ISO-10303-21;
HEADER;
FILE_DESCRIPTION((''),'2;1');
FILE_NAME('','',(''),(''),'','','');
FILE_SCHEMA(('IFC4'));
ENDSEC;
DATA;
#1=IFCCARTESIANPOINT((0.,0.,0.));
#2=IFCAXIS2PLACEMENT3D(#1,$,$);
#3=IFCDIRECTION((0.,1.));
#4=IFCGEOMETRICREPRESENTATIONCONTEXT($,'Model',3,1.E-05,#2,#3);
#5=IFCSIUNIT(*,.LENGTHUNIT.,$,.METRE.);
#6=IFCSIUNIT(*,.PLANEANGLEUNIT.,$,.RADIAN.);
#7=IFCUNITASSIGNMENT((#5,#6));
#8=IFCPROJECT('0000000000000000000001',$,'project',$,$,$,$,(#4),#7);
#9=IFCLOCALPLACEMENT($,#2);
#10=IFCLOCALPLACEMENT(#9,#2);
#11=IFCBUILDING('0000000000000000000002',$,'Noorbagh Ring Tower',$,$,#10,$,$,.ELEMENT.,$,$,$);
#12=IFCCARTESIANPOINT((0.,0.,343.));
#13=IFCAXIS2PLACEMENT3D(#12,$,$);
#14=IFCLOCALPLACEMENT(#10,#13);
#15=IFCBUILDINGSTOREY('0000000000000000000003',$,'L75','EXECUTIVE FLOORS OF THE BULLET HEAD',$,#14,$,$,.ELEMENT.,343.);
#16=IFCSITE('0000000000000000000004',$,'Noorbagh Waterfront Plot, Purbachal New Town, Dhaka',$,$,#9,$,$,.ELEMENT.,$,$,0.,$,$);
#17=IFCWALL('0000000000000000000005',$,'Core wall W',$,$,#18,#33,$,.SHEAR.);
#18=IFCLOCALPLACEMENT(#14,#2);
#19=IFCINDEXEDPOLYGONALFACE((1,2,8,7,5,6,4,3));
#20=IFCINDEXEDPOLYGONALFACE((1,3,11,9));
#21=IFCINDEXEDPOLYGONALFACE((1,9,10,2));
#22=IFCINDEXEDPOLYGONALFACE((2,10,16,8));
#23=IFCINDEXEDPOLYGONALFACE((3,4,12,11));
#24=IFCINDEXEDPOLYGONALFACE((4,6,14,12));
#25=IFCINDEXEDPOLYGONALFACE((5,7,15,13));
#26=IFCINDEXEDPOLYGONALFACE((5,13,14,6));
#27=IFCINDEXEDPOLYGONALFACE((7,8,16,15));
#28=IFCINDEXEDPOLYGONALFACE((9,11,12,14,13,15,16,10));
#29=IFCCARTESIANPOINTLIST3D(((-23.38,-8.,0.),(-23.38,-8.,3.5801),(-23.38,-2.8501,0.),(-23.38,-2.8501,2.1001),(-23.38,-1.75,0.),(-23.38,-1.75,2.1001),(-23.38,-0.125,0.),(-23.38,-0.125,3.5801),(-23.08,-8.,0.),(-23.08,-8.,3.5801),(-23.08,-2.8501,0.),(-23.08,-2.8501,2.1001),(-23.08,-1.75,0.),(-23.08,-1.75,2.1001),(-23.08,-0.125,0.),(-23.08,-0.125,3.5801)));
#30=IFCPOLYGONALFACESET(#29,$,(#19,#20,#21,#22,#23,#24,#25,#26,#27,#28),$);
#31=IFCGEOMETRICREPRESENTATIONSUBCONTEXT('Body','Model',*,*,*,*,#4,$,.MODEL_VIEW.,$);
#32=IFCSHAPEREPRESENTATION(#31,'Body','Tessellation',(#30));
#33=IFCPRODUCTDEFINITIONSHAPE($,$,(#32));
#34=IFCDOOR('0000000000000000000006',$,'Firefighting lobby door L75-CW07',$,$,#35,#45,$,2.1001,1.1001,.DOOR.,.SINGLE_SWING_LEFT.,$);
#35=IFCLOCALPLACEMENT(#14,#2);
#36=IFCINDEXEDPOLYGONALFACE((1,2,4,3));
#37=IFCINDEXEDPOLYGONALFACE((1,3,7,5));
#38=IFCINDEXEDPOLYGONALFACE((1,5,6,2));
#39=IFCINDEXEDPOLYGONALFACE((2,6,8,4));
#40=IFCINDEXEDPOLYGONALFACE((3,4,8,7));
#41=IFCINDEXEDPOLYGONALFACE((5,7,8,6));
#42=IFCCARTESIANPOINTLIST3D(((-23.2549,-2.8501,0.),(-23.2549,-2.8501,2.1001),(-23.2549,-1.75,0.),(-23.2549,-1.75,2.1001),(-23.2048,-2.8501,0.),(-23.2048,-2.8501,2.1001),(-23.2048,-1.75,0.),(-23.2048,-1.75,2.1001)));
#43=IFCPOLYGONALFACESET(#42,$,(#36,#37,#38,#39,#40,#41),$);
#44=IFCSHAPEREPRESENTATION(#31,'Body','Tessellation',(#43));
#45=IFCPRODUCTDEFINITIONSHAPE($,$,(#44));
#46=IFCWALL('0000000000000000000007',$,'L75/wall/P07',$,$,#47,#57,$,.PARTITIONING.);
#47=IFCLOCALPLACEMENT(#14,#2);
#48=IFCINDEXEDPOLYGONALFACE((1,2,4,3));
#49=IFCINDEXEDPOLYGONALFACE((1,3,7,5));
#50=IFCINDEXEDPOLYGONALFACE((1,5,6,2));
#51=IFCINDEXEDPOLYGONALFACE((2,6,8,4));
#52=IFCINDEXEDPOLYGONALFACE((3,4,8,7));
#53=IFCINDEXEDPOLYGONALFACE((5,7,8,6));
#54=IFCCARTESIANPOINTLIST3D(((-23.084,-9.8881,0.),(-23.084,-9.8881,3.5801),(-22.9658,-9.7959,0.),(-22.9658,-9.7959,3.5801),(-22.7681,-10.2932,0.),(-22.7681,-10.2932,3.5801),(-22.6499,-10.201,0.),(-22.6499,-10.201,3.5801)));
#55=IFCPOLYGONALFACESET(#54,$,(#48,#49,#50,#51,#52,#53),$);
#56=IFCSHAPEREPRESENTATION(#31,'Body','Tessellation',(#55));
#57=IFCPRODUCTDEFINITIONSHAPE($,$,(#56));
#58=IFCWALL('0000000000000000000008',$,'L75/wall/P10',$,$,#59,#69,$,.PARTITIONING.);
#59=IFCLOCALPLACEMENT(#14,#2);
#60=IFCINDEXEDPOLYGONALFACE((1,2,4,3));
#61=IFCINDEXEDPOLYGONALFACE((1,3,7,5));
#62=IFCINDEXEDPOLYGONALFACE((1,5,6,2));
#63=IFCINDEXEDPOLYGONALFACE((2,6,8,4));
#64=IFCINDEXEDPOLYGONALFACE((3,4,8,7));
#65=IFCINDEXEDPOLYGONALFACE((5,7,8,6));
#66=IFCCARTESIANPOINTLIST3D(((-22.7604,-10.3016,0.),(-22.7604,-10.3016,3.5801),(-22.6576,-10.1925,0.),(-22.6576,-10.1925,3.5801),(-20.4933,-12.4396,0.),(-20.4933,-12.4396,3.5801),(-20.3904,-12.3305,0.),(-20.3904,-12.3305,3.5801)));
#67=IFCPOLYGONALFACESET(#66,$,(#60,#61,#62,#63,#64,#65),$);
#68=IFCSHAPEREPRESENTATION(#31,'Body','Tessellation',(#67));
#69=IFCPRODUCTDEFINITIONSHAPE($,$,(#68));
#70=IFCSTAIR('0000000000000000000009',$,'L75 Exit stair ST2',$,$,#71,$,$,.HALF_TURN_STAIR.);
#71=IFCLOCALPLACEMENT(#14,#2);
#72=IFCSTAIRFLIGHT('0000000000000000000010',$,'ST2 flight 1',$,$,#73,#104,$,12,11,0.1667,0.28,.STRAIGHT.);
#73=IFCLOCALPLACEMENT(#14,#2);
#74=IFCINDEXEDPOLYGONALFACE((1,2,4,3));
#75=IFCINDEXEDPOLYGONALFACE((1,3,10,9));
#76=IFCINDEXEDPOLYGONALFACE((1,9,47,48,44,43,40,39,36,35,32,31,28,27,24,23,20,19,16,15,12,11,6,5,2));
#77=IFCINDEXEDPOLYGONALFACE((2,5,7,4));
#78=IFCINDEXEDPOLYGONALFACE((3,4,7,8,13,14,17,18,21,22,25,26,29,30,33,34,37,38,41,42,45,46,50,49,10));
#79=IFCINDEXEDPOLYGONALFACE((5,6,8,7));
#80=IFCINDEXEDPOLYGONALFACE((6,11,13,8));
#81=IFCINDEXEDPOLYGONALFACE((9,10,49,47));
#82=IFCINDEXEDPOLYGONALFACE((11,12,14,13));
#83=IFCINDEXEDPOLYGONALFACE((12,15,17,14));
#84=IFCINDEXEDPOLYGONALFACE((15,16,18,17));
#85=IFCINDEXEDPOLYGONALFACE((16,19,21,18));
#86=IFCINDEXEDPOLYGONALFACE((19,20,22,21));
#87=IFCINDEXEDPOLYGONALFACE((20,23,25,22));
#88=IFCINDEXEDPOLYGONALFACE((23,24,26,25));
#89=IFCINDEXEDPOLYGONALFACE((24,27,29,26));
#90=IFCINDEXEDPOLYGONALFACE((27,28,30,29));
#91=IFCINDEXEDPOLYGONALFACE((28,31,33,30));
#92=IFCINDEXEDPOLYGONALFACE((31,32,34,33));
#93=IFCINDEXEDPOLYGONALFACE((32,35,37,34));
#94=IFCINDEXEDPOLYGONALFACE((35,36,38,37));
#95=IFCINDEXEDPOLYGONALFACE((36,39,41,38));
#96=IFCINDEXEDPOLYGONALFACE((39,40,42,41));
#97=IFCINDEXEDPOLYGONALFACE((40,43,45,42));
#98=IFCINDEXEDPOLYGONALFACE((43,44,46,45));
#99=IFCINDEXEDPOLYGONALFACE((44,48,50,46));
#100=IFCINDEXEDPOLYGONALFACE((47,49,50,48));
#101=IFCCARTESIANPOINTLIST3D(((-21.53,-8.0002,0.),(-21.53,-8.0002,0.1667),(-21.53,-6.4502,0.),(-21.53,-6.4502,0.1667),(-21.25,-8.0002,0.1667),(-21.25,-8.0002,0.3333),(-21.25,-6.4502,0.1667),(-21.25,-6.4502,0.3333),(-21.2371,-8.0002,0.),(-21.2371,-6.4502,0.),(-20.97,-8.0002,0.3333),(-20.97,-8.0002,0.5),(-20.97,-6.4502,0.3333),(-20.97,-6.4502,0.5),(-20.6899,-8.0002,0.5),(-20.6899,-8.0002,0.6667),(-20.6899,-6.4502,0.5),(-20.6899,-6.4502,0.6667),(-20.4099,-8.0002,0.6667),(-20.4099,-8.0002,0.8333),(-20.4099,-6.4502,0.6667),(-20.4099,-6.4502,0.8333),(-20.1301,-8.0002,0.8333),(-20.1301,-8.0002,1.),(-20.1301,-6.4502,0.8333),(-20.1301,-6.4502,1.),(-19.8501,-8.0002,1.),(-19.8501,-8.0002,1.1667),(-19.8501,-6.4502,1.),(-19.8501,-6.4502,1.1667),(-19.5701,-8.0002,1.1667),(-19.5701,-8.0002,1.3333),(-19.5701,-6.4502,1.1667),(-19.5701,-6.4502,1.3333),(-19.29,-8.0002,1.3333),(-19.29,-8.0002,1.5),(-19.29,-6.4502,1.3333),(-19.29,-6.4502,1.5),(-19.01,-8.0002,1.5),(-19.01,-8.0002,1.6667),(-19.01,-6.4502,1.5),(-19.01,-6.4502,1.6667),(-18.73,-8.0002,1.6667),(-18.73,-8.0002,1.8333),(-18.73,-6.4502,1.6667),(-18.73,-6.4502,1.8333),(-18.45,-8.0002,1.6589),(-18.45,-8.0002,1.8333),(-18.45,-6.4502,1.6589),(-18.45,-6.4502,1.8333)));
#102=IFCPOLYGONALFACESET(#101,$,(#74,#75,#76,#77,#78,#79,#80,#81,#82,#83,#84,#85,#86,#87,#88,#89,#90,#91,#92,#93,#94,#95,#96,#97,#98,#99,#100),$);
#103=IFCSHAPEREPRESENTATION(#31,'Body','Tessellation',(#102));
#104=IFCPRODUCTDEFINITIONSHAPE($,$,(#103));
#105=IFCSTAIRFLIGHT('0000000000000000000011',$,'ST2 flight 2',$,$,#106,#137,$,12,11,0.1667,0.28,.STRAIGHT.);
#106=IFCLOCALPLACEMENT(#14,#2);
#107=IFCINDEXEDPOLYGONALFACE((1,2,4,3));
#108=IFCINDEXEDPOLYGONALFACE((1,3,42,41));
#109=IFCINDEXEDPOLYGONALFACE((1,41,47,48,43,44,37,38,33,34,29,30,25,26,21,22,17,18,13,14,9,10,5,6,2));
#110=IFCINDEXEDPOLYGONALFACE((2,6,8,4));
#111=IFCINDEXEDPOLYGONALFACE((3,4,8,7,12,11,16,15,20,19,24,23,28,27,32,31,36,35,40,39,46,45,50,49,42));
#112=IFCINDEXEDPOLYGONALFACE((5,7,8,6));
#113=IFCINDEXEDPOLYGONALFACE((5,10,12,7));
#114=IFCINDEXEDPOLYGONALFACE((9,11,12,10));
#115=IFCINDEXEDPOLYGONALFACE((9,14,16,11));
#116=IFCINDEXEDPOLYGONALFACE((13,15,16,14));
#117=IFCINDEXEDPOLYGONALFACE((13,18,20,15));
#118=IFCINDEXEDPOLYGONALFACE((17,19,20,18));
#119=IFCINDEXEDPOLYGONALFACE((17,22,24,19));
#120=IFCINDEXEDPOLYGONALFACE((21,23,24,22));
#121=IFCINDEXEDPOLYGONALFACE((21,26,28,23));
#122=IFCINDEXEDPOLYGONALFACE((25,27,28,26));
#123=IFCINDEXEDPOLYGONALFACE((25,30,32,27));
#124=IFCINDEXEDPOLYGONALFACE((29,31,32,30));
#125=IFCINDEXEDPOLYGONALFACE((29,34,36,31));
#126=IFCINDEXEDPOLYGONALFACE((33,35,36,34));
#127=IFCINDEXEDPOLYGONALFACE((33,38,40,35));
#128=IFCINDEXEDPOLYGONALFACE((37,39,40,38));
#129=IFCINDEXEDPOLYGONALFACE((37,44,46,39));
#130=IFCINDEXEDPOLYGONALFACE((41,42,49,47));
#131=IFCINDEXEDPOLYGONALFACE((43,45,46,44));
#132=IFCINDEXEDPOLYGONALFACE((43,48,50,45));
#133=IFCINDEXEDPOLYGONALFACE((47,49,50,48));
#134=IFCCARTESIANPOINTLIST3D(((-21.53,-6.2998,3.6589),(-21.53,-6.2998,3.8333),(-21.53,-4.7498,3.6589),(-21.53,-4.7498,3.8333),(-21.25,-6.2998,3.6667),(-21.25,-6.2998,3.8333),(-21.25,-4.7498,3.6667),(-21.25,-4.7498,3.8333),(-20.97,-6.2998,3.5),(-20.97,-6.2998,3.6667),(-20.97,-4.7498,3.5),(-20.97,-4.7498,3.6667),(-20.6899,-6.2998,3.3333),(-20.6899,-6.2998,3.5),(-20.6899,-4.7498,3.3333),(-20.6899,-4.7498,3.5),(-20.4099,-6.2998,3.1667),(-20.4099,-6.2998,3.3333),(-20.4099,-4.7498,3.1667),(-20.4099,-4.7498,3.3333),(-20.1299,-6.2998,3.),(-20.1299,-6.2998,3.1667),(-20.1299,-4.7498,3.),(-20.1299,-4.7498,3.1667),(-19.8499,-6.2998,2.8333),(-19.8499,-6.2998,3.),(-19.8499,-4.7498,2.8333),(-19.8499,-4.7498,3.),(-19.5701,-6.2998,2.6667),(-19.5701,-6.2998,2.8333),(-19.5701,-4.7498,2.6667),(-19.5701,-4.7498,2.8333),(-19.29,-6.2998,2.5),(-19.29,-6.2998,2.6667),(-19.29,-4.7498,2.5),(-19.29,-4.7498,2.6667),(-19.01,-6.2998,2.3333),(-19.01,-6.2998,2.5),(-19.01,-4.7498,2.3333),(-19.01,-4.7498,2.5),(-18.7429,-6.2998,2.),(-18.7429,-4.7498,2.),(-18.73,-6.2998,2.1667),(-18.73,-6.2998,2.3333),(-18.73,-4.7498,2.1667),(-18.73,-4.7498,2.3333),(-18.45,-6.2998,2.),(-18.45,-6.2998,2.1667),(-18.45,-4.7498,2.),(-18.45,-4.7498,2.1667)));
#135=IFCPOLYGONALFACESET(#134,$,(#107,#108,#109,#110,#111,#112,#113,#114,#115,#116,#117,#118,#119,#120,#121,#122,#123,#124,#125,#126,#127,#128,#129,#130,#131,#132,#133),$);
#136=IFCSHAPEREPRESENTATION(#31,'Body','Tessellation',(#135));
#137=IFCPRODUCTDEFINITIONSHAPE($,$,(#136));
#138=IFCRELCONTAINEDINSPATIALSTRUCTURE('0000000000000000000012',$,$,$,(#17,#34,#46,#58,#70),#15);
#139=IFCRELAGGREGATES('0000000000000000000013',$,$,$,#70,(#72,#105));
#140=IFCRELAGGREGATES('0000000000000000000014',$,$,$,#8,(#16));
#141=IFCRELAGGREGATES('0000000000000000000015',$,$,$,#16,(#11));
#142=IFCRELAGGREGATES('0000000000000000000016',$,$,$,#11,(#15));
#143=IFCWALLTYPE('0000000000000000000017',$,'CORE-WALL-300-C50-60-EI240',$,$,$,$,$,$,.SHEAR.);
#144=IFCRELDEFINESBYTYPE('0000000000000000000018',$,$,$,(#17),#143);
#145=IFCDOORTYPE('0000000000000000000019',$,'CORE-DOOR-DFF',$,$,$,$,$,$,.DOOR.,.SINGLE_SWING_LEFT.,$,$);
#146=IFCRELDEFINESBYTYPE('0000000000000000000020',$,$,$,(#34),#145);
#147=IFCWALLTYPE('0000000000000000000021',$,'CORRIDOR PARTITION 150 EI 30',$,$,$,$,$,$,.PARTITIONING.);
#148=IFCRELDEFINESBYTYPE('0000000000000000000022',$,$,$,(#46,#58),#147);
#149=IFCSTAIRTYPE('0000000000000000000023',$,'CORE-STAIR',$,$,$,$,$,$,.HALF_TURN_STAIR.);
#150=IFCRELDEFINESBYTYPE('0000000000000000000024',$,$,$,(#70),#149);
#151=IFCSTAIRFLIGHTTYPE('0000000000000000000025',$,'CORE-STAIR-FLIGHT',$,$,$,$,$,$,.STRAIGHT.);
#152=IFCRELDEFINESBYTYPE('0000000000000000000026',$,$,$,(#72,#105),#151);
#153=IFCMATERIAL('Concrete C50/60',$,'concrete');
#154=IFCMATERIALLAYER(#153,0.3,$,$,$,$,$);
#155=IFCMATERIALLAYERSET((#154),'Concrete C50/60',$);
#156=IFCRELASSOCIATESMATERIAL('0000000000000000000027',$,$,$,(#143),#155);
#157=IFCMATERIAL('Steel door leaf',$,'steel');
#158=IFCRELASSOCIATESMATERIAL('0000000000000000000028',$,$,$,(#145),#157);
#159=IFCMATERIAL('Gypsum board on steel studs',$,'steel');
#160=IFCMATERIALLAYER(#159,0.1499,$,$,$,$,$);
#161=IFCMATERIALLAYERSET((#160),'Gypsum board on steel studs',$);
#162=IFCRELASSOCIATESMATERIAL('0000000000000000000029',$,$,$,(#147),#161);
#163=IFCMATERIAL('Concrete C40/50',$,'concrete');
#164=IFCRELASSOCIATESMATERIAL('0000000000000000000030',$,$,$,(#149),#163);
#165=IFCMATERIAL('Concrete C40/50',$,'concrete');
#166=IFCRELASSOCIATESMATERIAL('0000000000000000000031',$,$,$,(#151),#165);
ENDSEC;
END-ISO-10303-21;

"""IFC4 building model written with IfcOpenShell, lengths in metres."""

from ifc_helpers import new_model, si_unit, direction, frame, frame_2d, origin, place, context, subcontext, project, spatial, polyline, rectangle, outline, extrude, material, layer, layer_set, type_object, element, fill, aggregate, save


model = new_model("IFC4")

# Units and contexts
model_context = context("Model", 3, precision=1e-05, world=origin(), true_north=direction((0.0, 1.0)))
body_context = subcontext(model_context, "Body", "Model", "MODEL_VIEW")
ifc_project = project(units=[si_unit("LENGTHUNIT", "METRE"), si_unit("PLANEANGLEUNIT", "RADIAN")], contexts=[model_context])

# Site, building, storey
site_placement = place(None, origin())
site = spatial("IfcSite", under=ifc_project, at=site_placement, Name="Noorbagh Waterfront Plot, Purbachal New Town, Dhaka", CompositionType="ELEMENT", RefElevation=0.0)
building_placement = place(site_placement, origin())
building = spatial("IfcBuilding", under=site, at=building_placement, Name="Noorbagh Ring Tower", CompositionType="ELEMENT")
storey_placement = place(building_placement, frame((0.0, 0.0, 343.0)))
storey = spatial("IfcBuildingStorey", under=building, at=storey_placement, Name="L75", Description="EXECUTIVE FLOORS OF THE BULLET HEAD", CompositionType="ELEMENT", Elevation=343.0)

# Shared definitions
ifc_material_1 = material(Name="Concrete C50/60", Category="concrete")
ifc_layer_1 = layer(ifc_material_1, 0.3)
ifc_layer_set_1 = layer_set([ifc_layer_1], Name="Concrete C50/60")
wall_type_1 = type_object("IfcWallType", Name="CORE-WALL-300-C50-60-EI240", PredefinedType="SHEAR", material=ifc_layer_set_1)

# Wall, opening, door
wall_1_placement = place(storey_placement, frame((-23.23, -8.0, 0.0), z_axis=(0.0, 0.0, 1.0), x_axis=(0.0, 1.0, 0.0)))
wall_1 = element("IfcWall", 1, at=wall_1_placement, inside=storey, type_object=wall_type_1, Name="Core wall W", PredefinedType="SHEAR", context=body_context, shape_type="SweptSolid", body=[
    extrude(rectangle(XDim=7.875, YDim=0.3, at=frame_2d((3.9375, 0.0))), origin(), (0.0, 0.0, 1.0), 3.5801),
])
opening_1_placement = place(wall_1_placement, frame((5.1499, 0.0, 0.0)))
opening_1 = element("IfcOpeningElement", 2, at=opening_1_placement, cuts=wall_1, PredefinedType="OPENING", context=body_context, shape_type="SweptSolid", body=[
    extrude(rectangle(XDim=1.1001, YDim=2.1001, at=frame_2d((0.55, 1.05))), frame((0.0, 0.1602, 0.0), z_axis=(0.0, -1.0, 0.0), x_axis=(1.0, 0.0, 0.0)), (0.0, 0.0, 1.0), 0.3201),
])
ifc_material_2 = material(Name="Steel door leaf", Category="steel")
door_type_1 = type_object("IfcDoorType", Name="CORE-DOOR-DFF", OperationType="SINGLE_SWING_LEFT", PredefinedType="DOOR", material=ifc_material_2)
door_1_placement = place(opening_1_placement, origin())
door_1 = element("IfcDoor", 3, at=door_1_placement, inside=storey, type_object=door_type_1, Name="Firefighting lobby door L75-CW07", OperationType="SINGLE_SWING_LEFT", OverallHeight=2.1001, OverallWidth=1.1001, PredefinedType="DOOR", context=body_context, shape_type="SweptSolid", body=[
    extrude(rectangle(XDim=1.1001, YDim=2.1001, at=frame_2d((0.55, 1.05))), frame((0.0, 0.0249, 0.0), z_axis=(0.0, -1.0, 0.0), x_axis=(1.0, 0.0, 0.0)), (0.0, 0.0, 1.0), 0.05),
])
fill(opening_1, door_1)

# Walls
ifc_material_3 = material(Name="Gypsum board on steel studs", Category="steel")
ifc_layer_2 = layer(ifc_material_3, 0.1499)
ifc_layer_set_2 = layer_set([ifc_layer_2], Name="Gypsum board on steel studs")
wall_type_2 = type_object("IfcWallType", Name="CORRIDOR PARTITION 150 EI 30", PredefinedType="PARTITIONING", material=ifc_layer_set_2)
wall_2_placement = place(storey_placement, frame((-23.0249, -9.842, 0.0), z_axis=(0.0, 0.0, 1.0), x_axis=(0.615026, -0.788507, 0.0)))
element("IfcWall", 4, at=wall_2_placement, inside=storey, type_object=wall_type_2, Name="L75/wall/P07", PredefinedType="PARTITIONING", context=body_context, shape_type="SweptSolid", body=[
    extrude(rectangle(XDim=0.5137, YDim=0.1499, at=frame_2d((0.2568, 0.0))), origin(), (0.0, 0.0, 1.0), 3.5801),
])
wall_3_placement = place(storey_placement, frame((-22.709, -10.2471, 0.0), z_axis=(0.0, 0.0, 1.0), x_axis=(0.727526, -0.68608, 0.0)))
element("IfcWall", 5, at=wall_3_placement, inside=storey, type_object=wall_type_2, Name="L75/wall/P10", PredefinedType="PARTITIONING", context=body_context, shape_type="SweptSolid", body=[
    extrude(rectangle(XDim=3.1162, YDim=0.1499, at=frame_2d((1.5581, 0.0))), origin(), (0.0, 0.0, 1.0), 3.5801),
])

# Stair, stair flights
ifc_material_4 = material(Name="Concrete C40/50", Category="concrete")
stair_type = type_object("IfcStairType", Name="CORE-STAIR", PredefinedType="HALF_TURN_STAIR", material=ifc_material_4)
stair_placement = place(storey_placement, origin())
stair = element("IfcStair", 6, at=stair_placement, inside=storey, type_object=stair_type, Name="L75 Exit stair ST2", PredefinedType="HALF_TURN_STAIR")
ifc_material_5 = material(Name="Concrete C40/50", Category="concrete")
stair_flight_type = type_object("IfcStairFlightType", Name="CORE-STAIR-FLIGHT", PredefinedType="STRAIGHT", material=ifc_material_5)
stair_flight_1_placement = place(storey_placement, frame((-21.53, -7.2251, 0.0), z_axis=(0.0, 0.0, 1.0), x_axis=(1.0, 0.0, 0.0)))
stair_flight_1 = element("IfcStairFlight", 7, at=stair_flight_1_placement, type_object=stair_flight_type, Name="ST2 flight 1", NumberOfRisers=12, NumberOfTreads=11, PredefinedType="STRAIGHT", RiserHeight=0.1667, TreadLength=0.28, context=body_context, shape_type="SweptSolid", body=[
    extrude(outline(polyline([(0.0, 0.0), (0.0, 0.1667), (0.28, 0.1667), (0.28, 0.3333), (0.5601, 0.3333), (0.5601, 0.5), (0.8401, 0.5), (0.8401, 0.6667), (1.1201, 0.6667), (1.1201, 0.8333), (1.3999, 0.8333), (1.3999, 1.0), (1.6799, 1.0), (1.6799, 1.1667), (1.96, 1.1667), (1.96, 1.3333), (2.24, 1.3333), (2.24, 1.5), (2.52, 1.5), (2.52, 1.6667), (2.8, 1.6667), (2.8, 1.8333), (3.0801, 1.8333), (3.0801, 2.0), (3.0801, 1.6589), (0.293, 0.0), (0.0, 0.0)])), frame((0.0, 0.7749, 0.0), z_axis=(0.0, -1.0, 0.0), x_axis=(1.0, 0.0, 0.0)), (0.0, 0.0, 1.0), 1.55),
])
stair_flight_2_placement = place(storey_placement, frame((-18.45, -5.5249, 2.0), z_axis=(0.0, 0.0, 1.0), x_axis=(-1.0, 0.0, 0.0)))
stair_flight_2 = element("IfcStairFlight", 8, at=stair_flight_2_placement, type_object=stair_flight_type, Name="ST2 flight 2", NumberOfRisers=12, NumberOfTreads=11, PredefinedType="STRAIGHT", RiserHeight=0.1667, TreadLength=0.28, context=body_context, shape_type="SweptSolid", body=[
    extrude(outline(polyline([(0.0, 0.0), (0.0, 0.1667), (0.28, 0.1667), (0.28, 0.3333), (0.5601, 0.3333), (0.5601, 0.5), (0.8401, 0.5), (0.8401, 0.6667), (1.1201, 0.6667), (1.1201, 0.8333), (1.3999, 0.8333), (1.3999, 1.0), (1.6799, 1.0), (1.6799, 1.1667), (1.96, 1.1667), (1.96, 1.3333), (2.24, 1.3333), (2.24, 1.5), (2.52, 1.5), (2.52, 1.6667), (2.8, 1.6667), (2.8, 1.8333), (3.0801, 1.8333), (3.0801, 2.0), (3.0801, 1.6589), (0.293, 0.0), (0.0, 0.0)])), frame((0.0, 0.7749, 0.0), z_axis=(0.0, -1.0, 0.0), x_axis=(1.0, 0.0, 0.0)), (0.0, 0.0, 1.0), 1.55),
])
aggregate(stair, [stair_flight_1, stair_flight_2])

save(model, "model.ifc")
